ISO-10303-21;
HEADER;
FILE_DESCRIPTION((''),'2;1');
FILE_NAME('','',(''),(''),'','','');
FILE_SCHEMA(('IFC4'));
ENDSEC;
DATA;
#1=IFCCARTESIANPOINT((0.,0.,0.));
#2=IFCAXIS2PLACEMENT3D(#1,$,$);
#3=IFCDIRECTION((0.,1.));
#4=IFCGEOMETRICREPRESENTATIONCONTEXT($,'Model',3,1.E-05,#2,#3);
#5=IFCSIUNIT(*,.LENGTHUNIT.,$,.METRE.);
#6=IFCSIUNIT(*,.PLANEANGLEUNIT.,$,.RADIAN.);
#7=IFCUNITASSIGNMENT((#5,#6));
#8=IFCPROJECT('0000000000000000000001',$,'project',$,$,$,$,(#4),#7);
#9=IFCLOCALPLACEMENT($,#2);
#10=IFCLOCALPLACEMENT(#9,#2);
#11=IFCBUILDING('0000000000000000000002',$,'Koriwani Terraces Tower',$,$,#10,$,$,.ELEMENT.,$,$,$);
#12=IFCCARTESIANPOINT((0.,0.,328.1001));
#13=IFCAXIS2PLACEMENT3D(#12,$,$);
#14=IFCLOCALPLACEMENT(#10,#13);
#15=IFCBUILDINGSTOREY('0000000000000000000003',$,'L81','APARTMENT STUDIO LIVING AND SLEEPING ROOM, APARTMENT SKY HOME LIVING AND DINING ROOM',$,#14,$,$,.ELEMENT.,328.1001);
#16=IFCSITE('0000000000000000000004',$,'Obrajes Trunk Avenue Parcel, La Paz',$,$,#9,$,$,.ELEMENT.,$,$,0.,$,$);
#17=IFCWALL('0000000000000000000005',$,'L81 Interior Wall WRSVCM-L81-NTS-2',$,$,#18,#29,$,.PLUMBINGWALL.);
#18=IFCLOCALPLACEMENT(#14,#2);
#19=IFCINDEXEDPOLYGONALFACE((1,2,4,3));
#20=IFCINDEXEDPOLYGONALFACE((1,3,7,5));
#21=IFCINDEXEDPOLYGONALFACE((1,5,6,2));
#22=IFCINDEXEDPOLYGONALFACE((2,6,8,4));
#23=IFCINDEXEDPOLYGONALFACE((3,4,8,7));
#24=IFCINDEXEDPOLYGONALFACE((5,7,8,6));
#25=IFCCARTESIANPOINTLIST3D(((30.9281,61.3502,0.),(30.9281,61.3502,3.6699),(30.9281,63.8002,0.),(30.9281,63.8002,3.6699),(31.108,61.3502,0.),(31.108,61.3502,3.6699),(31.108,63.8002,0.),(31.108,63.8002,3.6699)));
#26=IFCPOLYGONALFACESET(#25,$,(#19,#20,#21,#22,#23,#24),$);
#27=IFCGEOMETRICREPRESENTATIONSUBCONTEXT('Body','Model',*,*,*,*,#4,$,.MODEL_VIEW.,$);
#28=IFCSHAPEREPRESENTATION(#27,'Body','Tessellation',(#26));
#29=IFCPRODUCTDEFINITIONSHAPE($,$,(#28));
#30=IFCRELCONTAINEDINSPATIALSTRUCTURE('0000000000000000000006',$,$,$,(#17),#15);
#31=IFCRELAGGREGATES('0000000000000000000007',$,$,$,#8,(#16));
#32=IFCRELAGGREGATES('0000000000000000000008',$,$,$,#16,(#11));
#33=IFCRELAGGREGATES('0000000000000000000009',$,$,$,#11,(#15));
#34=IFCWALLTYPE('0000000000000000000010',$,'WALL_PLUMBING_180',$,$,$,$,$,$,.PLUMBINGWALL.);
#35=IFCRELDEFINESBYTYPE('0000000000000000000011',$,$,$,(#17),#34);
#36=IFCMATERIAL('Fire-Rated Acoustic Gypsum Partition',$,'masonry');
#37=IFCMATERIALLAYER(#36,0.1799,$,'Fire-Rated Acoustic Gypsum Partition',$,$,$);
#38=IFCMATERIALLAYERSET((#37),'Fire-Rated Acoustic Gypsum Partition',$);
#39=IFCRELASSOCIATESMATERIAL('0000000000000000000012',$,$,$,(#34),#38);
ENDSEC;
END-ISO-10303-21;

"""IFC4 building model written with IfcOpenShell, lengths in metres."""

from ifc_helpers import new_model, si_unit, direction, frame, frame_2d, origin, place, context, subcontext, project, spatial, rectangle, extrude, material, layer, layer_set, type_object, element, save


model = new_model("IFC4")

# Units and contexts
model_context = context("Model", 3, precision=1e-05, world=origin(), true_north=direction((0.0, 1.0)))
body_context = subcontext(model_context, "Body", "Model", "MODEL_VIEW")
ifc_project = project(units=[si_unit("LENGTHUNIT", "METRE"), si_unit("PLANEANGLEUNIT", "RADIAN")], contexts=[model_context])

# Site, building, storey
site_placement = place(None, origin())
site = spatial("IfcSite", under=ifc_project, at=site_placement, Name="Obrajes Trunk Avenue Parcel, La Paz", CompositionType="ELEMENT", RefElevation=0.0)
building_placement = place(site_placement, origin())
building = spatial("IfcBuilding", under=site, at=building_placement, Name="Koriwani Terraces Tower", CompositionType="ELEMENT")
storey_placement = place(building_placement, frame((0.0, 0.0, 328.1001)))
storey = spatial("IfcBuildingStorey", under=building, at=storey_placement, Name="L81", Description="APARTMENT STUDIO LIVING AND SLEEPING ROOM, APARTMENT SKY HOME LIVING AND DINING ROOM", CompositionType="ELEMENT", Elevation=328.1001)

# Shared definitions
ifc_material_1 = material(Name="Fire-Rated Acoustic Gypsum Partition", Category="masonry")
ifc_layer_1 = layer(ifc_material_1, 0.1799, Name="Fire-Rated Acoustic Gypsum Partition")
ifc_layer_set_1 = layer_set([ifc_layer_1], Name="Fire-Rated Acoustic Gypsum Partition")
wall_type_1 = type_object("IfcWallType", Name="WALL_PLUMBING_180", PredefinedType="PLUMBINGWALL", material=ifc_layer_set_1)

# Wall
for number, where, z_axis, x_axis, name in (
    (1, (31.0181, 61.3501, 0.0), (0.0, 0.0, 1.0), (0.0, 1.0, 0.0), "L81 Interior Wall WRSVCM-L81-NTS-2"),
):
    element("IfcWall", number, at=place(storey_placement, frame(where, z_axis=z_axis, x_axis=x_axis)), inside=storey, type_object=wall_type_1, Name=name, PredefinedType="PLUMBINGWALL", context=body_context, shape_type="SweptSolid", body=[
        extrude(rectangle(XDim=2.45, YDim=0.1799, at=frame_2d((1.2251, 0.0))), origin(), (0.0, 0.0, 1.0), 3.6699),
    ])

save(model, "model.ifc")
